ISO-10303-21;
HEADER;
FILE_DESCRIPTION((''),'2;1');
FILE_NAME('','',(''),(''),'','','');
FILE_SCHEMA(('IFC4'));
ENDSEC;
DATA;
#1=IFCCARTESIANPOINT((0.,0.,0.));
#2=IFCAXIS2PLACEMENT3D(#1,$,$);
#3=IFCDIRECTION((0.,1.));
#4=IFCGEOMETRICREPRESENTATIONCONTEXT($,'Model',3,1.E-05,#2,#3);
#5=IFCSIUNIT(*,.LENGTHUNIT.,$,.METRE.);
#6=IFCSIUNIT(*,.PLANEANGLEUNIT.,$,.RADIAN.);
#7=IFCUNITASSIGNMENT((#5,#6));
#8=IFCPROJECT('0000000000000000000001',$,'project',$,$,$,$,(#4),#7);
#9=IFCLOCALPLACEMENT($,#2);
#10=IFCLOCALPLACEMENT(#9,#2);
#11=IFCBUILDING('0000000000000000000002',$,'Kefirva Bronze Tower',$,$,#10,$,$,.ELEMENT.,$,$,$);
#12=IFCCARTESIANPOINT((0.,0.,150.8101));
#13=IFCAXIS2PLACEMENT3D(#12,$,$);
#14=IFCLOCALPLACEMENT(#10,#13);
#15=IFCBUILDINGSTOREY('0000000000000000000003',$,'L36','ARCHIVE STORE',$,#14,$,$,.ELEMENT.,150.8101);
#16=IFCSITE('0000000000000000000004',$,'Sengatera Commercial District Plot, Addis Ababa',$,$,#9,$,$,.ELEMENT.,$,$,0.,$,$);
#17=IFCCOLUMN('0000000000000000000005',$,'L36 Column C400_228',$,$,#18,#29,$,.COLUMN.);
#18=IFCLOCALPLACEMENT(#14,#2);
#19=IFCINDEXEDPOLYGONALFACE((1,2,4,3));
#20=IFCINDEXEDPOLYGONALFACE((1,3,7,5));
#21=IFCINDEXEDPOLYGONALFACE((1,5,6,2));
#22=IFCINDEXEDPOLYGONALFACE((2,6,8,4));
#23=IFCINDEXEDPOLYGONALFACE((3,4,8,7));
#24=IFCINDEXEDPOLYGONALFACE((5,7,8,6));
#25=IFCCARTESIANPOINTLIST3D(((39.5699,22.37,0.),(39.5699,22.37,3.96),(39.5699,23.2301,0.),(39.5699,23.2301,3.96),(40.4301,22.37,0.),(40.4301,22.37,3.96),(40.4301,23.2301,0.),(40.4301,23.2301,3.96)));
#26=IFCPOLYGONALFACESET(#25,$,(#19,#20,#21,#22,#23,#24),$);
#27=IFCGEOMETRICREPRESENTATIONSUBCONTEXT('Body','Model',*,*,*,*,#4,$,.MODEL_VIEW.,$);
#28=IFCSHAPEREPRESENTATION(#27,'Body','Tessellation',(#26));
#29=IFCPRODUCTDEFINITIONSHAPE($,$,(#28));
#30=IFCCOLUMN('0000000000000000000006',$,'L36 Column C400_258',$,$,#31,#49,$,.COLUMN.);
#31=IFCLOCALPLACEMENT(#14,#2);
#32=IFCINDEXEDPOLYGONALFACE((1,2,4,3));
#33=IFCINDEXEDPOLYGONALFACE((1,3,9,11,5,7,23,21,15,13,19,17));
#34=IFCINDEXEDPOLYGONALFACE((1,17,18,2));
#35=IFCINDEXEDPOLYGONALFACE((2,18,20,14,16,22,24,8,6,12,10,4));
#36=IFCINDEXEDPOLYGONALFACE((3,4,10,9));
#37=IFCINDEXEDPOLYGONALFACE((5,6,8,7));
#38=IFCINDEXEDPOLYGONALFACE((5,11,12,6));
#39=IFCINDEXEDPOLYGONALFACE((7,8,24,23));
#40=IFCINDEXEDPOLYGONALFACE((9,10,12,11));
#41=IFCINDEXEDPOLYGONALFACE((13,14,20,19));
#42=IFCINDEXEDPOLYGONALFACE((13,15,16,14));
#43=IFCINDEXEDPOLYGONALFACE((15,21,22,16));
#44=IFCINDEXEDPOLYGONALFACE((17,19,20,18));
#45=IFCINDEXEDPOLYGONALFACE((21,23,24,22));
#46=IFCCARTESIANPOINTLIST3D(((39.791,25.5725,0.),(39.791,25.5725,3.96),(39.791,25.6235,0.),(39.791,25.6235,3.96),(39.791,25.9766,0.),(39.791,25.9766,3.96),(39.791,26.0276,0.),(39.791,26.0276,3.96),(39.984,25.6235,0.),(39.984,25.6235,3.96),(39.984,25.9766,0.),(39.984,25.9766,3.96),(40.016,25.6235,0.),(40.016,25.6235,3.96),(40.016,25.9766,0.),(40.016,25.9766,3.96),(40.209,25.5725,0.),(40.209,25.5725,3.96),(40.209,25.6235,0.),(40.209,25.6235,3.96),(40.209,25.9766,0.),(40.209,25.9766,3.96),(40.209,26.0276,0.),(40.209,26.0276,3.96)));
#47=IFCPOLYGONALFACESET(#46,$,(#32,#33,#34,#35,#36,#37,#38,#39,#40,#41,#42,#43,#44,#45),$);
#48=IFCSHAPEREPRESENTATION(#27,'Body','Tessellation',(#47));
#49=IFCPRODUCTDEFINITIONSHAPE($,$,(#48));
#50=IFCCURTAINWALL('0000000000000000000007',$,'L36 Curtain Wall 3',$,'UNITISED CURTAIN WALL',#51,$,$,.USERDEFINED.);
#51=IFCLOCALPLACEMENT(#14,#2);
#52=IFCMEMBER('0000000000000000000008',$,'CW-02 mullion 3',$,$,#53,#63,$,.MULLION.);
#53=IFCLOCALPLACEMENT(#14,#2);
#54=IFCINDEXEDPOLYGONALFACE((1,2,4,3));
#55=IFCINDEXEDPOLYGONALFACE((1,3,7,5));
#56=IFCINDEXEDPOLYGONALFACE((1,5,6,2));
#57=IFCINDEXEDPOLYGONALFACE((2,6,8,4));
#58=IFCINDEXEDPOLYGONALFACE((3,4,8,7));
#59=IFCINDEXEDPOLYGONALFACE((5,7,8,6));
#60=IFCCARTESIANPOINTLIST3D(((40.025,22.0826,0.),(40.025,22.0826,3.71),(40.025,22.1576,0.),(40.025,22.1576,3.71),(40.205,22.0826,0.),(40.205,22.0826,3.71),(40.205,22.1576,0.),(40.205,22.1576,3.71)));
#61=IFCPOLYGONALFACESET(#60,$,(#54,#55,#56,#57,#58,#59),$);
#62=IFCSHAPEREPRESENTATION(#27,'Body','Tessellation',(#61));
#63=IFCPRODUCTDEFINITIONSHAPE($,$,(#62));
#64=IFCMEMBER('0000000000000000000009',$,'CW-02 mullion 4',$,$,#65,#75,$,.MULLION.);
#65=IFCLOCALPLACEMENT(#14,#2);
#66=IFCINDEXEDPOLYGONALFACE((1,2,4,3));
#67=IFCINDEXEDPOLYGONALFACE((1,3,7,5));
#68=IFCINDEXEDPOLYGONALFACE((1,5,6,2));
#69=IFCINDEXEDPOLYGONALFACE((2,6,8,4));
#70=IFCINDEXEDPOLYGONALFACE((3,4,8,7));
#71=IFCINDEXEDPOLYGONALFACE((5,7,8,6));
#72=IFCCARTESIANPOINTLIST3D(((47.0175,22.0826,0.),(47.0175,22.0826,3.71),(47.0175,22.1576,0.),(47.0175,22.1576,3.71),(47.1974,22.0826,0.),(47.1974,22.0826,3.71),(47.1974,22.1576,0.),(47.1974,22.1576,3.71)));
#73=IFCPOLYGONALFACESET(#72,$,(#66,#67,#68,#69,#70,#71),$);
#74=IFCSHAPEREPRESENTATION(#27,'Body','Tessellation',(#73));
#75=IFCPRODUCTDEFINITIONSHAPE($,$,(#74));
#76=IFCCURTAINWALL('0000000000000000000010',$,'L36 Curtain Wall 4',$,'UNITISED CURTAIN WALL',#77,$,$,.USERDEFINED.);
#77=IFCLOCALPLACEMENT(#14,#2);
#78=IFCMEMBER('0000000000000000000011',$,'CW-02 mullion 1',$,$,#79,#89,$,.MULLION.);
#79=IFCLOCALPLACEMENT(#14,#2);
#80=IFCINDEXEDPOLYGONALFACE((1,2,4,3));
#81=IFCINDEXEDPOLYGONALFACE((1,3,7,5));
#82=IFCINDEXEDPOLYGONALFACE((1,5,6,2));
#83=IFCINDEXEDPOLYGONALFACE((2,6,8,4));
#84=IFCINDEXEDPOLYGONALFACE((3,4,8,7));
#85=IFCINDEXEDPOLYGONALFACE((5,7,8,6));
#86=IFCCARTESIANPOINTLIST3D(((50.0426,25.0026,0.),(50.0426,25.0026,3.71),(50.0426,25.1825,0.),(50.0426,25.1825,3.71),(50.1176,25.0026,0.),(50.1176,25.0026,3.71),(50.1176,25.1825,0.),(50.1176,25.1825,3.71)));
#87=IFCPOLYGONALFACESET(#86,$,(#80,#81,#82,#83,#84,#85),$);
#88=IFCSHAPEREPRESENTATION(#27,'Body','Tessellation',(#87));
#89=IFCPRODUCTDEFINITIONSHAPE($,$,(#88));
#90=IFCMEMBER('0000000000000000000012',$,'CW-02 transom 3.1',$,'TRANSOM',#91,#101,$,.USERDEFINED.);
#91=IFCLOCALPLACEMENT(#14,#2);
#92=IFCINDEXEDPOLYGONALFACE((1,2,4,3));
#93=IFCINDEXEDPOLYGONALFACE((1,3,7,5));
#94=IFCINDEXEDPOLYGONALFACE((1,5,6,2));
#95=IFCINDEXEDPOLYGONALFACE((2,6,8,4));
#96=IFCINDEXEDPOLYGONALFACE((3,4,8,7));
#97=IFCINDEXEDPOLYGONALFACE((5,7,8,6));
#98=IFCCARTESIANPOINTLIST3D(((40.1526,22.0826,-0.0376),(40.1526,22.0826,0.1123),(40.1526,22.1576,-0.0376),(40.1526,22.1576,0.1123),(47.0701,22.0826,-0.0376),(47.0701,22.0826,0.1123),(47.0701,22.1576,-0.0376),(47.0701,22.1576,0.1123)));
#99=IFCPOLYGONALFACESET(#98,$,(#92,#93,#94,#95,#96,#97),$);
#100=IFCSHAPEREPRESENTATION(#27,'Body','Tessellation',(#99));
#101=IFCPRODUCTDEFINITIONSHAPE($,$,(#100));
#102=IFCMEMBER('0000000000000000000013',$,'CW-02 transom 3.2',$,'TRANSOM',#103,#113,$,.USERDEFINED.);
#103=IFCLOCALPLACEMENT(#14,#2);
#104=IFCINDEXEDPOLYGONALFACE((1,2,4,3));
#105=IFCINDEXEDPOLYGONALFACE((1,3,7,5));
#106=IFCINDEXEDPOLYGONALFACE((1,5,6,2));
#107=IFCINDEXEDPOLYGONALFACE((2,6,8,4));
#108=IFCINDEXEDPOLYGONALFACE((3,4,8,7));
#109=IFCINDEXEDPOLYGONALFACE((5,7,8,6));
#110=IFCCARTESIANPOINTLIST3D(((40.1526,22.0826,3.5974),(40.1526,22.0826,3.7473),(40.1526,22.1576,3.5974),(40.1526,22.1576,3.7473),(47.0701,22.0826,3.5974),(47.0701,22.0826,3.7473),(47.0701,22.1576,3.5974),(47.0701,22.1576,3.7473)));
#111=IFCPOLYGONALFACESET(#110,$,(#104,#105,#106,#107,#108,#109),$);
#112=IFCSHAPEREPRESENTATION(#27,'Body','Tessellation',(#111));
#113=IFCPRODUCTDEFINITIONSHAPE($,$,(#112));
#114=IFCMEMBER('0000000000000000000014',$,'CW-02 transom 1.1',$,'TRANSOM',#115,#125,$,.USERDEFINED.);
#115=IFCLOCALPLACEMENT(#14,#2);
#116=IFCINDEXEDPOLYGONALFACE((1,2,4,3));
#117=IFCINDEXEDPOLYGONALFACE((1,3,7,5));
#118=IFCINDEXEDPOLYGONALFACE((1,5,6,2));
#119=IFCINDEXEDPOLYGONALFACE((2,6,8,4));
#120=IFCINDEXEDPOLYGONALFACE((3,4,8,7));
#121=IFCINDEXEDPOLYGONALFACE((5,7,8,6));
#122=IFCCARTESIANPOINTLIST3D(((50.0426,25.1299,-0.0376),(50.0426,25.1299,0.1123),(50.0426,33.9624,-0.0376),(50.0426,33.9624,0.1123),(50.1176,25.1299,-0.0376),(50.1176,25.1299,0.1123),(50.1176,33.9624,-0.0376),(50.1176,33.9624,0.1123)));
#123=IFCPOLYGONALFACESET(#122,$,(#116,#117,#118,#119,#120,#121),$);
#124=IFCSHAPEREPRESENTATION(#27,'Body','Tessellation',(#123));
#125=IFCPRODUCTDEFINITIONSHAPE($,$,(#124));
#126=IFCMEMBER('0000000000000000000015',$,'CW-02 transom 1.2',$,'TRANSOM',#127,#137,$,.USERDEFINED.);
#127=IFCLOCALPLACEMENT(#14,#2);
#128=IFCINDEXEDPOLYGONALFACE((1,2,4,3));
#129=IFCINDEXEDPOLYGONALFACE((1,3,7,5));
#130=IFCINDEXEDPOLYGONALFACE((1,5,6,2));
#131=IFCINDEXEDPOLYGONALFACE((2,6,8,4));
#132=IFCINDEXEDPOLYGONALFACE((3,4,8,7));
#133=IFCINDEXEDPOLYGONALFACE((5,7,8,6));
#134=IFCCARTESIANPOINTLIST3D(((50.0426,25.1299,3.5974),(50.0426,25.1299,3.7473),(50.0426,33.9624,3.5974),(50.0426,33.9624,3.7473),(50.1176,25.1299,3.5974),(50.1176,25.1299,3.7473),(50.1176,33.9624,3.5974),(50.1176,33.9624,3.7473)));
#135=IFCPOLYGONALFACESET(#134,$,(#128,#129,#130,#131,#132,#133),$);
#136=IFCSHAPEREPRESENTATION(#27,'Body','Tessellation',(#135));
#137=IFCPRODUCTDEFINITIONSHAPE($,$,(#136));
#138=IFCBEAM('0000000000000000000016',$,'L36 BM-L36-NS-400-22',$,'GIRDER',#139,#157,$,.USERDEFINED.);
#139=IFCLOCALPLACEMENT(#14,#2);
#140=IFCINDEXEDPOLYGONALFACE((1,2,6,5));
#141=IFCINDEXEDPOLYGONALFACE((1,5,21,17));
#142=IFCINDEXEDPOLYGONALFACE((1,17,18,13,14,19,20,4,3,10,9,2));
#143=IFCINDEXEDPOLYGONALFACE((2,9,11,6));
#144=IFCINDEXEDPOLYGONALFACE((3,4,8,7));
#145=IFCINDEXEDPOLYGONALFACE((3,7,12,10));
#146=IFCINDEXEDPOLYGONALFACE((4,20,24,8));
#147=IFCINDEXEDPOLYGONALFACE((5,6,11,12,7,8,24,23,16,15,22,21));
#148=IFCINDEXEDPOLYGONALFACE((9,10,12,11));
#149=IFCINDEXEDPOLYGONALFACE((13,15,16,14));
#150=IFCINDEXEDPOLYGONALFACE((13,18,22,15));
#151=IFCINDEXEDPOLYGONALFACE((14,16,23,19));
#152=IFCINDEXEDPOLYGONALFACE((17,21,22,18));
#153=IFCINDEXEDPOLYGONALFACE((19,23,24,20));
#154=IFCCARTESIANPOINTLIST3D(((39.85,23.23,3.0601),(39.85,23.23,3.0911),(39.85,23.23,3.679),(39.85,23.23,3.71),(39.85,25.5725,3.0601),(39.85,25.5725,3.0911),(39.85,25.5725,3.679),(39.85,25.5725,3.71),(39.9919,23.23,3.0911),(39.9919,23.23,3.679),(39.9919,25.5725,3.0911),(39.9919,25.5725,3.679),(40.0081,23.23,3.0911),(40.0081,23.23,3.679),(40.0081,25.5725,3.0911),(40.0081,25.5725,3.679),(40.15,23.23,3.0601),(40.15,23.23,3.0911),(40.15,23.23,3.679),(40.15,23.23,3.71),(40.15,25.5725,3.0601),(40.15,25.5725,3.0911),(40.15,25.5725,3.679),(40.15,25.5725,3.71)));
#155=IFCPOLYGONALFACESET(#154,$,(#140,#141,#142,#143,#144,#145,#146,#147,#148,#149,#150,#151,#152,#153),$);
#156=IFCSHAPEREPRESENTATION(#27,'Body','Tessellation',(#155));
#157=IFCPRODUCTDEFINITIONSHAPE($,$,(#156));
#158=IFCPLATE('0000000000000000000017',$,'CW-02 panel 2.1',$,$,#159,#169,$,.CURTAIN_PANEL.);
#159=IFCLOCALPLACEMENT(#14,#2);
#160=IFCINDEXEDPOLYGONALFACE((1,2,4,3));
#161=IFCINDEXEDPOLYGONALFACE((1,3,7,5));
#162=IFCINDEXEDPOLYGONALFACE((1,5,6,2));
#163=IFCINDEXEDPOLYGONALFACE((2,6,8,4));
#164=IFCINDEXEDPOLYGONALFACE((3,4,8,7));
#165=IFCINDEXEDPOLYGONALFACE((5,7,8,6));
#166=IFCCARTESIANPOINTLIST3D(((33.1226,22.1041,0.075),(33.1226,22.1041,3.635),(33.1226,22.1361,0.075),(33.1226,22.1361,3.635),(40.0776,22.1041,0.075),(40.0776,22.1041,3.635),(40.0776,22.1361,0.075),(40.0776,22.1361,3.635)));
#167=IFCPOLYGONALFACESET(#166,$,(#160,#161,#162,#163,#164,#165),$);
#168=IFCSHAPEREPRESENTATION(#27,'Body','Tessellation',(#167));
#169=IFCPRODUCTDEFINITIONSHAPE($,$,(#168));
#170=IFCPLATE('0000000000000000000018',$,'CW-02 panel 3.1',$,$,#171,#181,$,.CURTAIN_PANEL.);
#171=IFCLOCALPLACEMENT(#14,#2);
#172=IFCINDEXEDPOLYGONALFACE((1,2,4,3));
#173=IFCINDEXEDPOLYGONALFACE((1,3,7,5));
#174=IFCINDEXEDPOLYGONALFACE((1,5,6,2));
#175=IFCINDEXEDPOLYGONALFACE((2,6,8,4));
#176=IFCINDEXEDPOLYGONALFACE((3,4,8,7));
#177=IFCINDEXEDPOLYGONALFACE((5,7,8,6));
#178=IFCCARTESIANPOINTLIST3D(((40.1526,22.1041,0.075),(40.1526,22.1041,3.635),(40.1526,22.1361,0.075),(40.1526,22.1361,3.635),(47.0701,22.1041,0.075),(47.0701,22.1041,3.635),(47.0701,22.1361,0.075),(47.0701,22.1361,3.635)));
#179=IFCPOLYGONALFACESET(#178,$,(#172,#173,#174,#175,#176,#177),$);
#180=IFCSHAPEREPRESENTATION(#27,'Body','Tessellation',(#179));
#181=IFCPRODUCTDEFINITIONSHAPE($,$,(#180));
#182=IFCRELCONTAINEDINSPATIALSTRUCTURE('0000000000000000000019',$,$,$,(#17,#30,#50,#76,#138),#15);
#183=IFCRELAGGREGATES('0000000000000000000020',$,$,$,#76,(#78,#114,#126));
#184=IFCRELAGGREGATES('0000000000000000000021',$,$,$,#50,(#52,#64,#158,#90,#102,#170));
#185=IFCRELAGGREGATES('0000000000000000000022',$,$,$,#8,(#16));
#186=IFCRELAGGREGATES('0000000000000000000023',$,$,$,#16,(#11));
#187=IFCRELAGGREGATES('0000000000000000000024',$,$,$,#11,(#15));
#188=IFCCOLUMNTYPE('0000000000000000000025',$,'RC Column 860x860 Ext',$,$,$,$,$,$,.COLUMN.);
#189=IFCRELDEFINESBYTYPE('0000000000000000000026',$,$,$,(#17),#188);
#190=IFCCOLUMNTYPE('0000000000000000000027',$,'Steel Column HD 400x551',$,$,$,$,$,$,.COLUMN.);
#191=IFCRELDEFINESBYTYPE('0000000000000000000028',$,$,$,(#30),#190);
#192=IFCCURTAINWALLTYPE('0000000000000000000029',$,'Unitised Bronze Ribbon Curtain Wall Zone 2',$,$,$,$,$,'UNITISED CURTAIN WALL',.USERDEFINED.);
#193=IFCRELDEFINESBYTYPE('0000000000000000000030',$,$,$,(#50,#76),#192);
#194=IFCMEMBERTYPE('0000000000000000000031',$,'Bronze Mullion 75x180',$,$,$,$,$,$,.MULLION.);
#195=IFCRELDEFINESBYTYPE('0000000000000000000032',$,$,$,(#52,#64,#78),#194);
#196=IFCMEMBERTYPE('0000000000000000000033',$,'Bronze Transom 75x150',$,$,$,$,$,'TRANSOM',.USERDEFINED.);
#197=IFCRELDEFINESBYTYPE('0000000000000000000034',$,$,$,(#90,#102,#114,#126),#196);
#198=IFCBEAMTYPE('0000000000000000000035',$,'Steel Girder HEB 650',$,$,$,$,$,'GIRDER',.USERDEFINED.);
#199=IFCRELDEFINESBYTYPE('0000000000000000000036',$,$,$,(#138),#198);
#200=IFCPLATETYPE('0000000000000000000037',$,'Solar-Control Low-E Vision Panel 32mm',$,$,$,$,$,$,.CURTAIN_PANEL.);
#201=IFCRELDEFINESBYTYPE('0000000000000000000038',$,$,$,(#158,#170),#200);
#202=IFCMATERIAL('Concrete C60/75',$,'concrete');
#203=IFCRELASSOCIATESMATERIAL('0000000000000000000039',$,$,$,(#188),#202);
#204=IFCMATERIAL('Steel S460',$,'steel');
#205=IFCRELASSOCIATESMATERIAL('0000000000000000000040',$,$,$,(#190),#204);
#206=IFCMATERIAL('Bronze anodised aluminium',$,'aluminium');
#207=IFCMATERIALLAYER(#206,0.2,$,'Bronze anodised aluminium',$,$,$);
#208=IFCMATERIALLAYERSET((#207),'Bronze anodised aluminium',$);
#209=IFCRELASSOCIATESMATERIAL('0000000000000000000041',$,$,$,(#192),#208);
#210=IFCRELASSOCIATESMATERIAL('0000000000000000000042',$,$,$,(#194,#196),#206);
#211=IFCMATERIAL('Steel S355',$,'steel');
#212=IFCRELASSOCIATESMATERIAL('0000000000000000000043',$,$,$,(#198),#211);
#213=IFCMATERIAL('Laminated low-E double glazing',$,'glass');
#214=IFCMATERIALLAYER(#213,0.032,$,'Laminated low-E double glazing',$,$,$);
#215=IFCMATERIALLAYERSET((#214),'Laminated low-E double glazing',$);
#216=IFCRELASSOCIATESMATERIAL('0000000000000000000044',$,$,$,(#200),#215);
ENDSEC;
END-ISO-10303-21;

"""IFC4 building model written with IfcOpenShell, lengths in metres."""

from ifc_helpers import new_model, si_unit, direction, frame, origin, origin_2d, place, context, subcontext, project, spatial, rectangle, i_section, extrude, material, layer, layer_set, material_profile, profile_set, type_object, element, aggregate, save


model = new_model("IFC4")

# Units and contexts
model_context = context("Model", 3, precision=1e-05, world=origin(), true_north=direction((0.0, 1.0)))
body_context = subcontext(model_context, "Body", "Model", "MODEL_VIEW")
ifc_project = project(units=[si_unit("LENGTHUNIT", "METRE"), si_unit("PLANEANGLEUNIT", "RADIAN")], contexts=[model_context])

# Site, building, storey
site_placement = place(None, origin())
site = spatial("IfcSite", under=ifc_project, at=site_placement, Name="Sengatera Commercial District Plot, Addis Ababa", CompositionType="ELEMENT", RefElevation=0.0)
building_placement = place(site_placement, origin())
building = spatial("IfcBuilding", under=site, at=building_placement, Name="Kefirva Bronze Tower", CompositionType="ELEMENT")
storey_placement = place(building_placement, frame((0.0, 0.0, 150.8101)))
storey = spatial("IfcBuildingStorey", under=building, at=storey_placement, Name="L36", Description="ARCHIVE STORE", CompositionType="ELEMENT", Elevation=150.8101)

# Columns
ifc_material_1 = material(Name="Concrete C60/75", Category="concrete")
ifc_material_profile_1 = material_profile(ifc_material_1, rectangle(XDim=0.8601, YDim=0.8601, at=origin_2d()), Name="RC 860x860")
ifc_profile_set_1 = profile_set([ifc_material_profile_1], Name="Concrete C60/75")
column_type_1 = type_object("IfcColumnType", Name="RC Column 860x860 Ext", PredefinedType="COLUMN", material=ifc_profile_set_1)
column_1_placement = place(storey_placement, frame((40.0, 22.8, 0.0), z_axis=(0.0, 0.0, 1.0), x_axis=(1.0, 0.0, 0.0)))
element("IfcColumn", 1, at=column_1_placement, inside=storey, type_object=column_type_1, Name="L36 Column C400_228", PredefinedType="COLUMN", context=body_context, shape_type="SweptSolid", body=[
    extrude(rectangle(XDim=0.8601, YDim=0.8601, at=origin_2d()), origin(), (0.0, 0.0, 1.0), 3.96),
])
ifc_material_2 = material(Name="Steel S460", Category="steel")
ifc_material_profile_2 = material_profile(ifc_material_2, i_section(OverallWidth=0.418, OverallDepth=0.4551, WebThickness=0.032, FlangeThickness=0.051, at=origin_2d()), Name="HD 400x551")
ifc_profile_set_2 = profile_set([ifc_material_profile_2], Name="Steel S460")
column_type_2 = type_object("IfcColumnType", Name="Steel Column HD 400x551", PredefinedType="COLUMN", material=ifc_profile_set_2)
column_2_placement = place(storey_placement, frame((40.0, 25.8, 0.0), z_axis=(0.0, 0.0, 1.0), x_axis=(1.0, 0.0, 0.0)))
element("IfcColumn", 2, at=column_2_placement, inside=storey, type_object=column_type_2, Name="L36 Column C400_258", PredefinedType="COLUMN", context=body_context, shape_type="SweptSolid", body=[
    extrude(i_section(OverallWidth=0.418, OverallDepth=0.4551, WebThickness=0.032, FlangeThickness=0.051, at=origin_2d()), origin(), (0.0, 0.0, 1.0), 3.96),
])

# Curtain wall, members
ifc_material_3 = material(Name="Bronze anodised aluminium", Category="aluminium")
ifc_layer_1 = layer(ifc_material_3, 0.2, Name="Bronze anodised aluminium")
ifc_layer_set_1 = layer_set([ifc_layer_1], Name="Bronze anodised aluminium")
curtain_wall_type = type_object("IfcCurtainWallType", Name="Unitised Bronze Ribbon Curtain Wall Zone 2", ElementType="UNITISED CURTAIN WALL", PredefinedType="USERDEFINED", material=ifc_layer_set_1)
curtain_wall_1_placement = place(storey_placement, origin())
curtain_wall_1 = element("IfcCurtainWall", 3, at=curtain_wall_1_placement, inside=storey, type_object=curtain_wall_type, Name="L36 Curtain Wall 3", ObjectType="UNITISED CURTAIN WALL", PredefinedType="USERDEFINED")
ifc_material_profile_3 = material_profile(ifc_material_3, rectangle(XDim=0.075, YDim=0.1799, at=origin_2d()), Name="ALU 75x180")
ifc_profile_set_3 = profile_set([ifc_material_profile_3], Name="Bronze anodised aluminium")
member_type_1 = type_object("IfcMemberType", Name="Bronze Mullion 75x180", PredefinedType="MULLION", material=ifc_profile_set_3)
member_1_placement = place(storey_placement, frame((40.115, 22.1201, 0.0), z_axis=(0.0, 0.0, 1.0), x_axis=(0.0, 1.0, 0.0)))
member_1 = element("IfcMember", 4, at=member_1_placement, type_object=member_type_1, Name="CW-02 mullion 3", PredefinedType="MULLION", context=body_context, shape_type="SweptSolid", body=[
    extrude(rectangle(XDim=0.075, YDim=0.1799, at=origin_2d()), origin(), (0.0, 0.0, 1.0), 3.71),
])
member_2_placement = place(storey_placement, frame((47.1074, 22.1201, 0.0), z_axis=(0.0, 0.0, 1.0), x_axis=(0.0, 1.0, 0.0)))
member_2 = element("IfcMember", 5, at=member_2_placement, type_object=member_type_1, Name="CW-02 mullion 4", PredefinedType="MULLION", context=body_context, shape_type="SweptSolid", body=[
    extrude(rectangle(XDim=0.075, YDim=0.1799, at=origin_2d()), origin(), (0.0, 0.0, 1.0), 3.71),
])

# Curtain wall, member
curtain_wall_2_placement = place(storey_placement, origin())
curtain_wall_2 = element("IfcCurtainWall", 6, at=curtain_wall_2_placement, inside=storey, type_object=curtain_wall_type, Name="L36 Curtain Wall 4", ObjectType="UNITISED CURTAIN WALL", PredefinedType="USERDEFINED")
member_3_placement = place(storey_placement, frame((50.0801, 25.0925, 0.0), z_axis=(0.0, 0.0, 1.0), x_axis=(-1.0, 0.0, 0.0)))
member_3 = element("IfcMember", 7, at=member_3_placement, type_object=member_type_1, Name="CW-02 mullion 1", PredefinedType="MULLION", context=body_context, shape_type="SweptSolid", body=[
    extrude(rectangle(XDim=0.075, YDim=0.1799, at=origin_2d()), origin(), (0.0, 0.0, 1.0), 3.71),
])

# Members
ifc_material_profile_4 = material_profile(ifc_material_3, rectangle(XDim=0.075, YDim=0.1499, at=origin_2d()), Name="ALU 75x150")
ifc_profile_set_4 = profile_set([ifc_material_profile_4], Name="Bronze anodised aluminium")
member_type_2 = type_object("IfcMemberType", Name="Bronze Transom 75x150", ElementType="TRANSOM", PredefinedType="USERDEFINED", material=ifc_profile_set_4)
member_4_placement = place(storey_placement, frame((40.1526, 22.1201, 0.0374), z_axis=(1.0, 0.0, 0.0), x_axis=(0.0, 1.0, 0.0)))
member_4 = element("IfcMember", 8, at=member_4_placement, type_object=member_type_2, Name="CW-02 transom 3.1", ObjectType="TRANSOM", PredefinedType="USERDEFINED", context=body_context, shape_type="SweptSolid", body=[
    extrude(rectangle(XDim=0.075, YDim=0.1499, at=origin_2d()), origin(), (0.0, 0.0, 1.0), 6.9175),
])
member_5_placement = place(storey_placement, frame((40.1526, 22.1201, 3.6724), z_axis=(1.0, 0.0, 0.0), x_axis=(0.0, 1.0, 0.0)))
member_5 = element("IfcMember", 9, at=member_5_placement, type_object=member_type_2, Name="CW-02 transom 3.2", ObjectType="TRANSOM", PredefinedType="USERDEFINED", context=body_context, shape_type="SweptSolid", body=[
    extrude(rectangle(XDim=0.075, YDim=0.1499, at=origin_2d()), origin(), (0.0, 0.0, 1.0), 6.9175),
])
member_6_placement = place(storey_placement, frame((50.0801, 25.1299, 0.0374), z_axis=(0.0, 1.0, 0.0), x_axis=(-1.0, 0.0, 0.0)))
member_6 = element("IfcMember", 10, at=member_6_placement, type_object=member_type_2, Name="CW-02 transom 1.1", ObjectType="TRANSOM", PredefinedType="USERDEFINED", context=body_context, shape_type="SweptSolid", body=[
    extrude(rectangle(XDim=0.075, YDim=0.1499, at=origin_2d()), origin(), (0.0, 0.0, 1.0), 8.8325),
])
member_7_placement = place(storey_placement, frame((50.0801, 25.1299, 3.6724), z_axis=(0.0, 1.0, 0.0), x_axis=(-1.0, 0.0, 0.0)))
member_7 = element("IfcMember", 11, at=member_7_placement, type_object=member_type_2, Name="CW-02 transom 1.2", ObjectType="TRANSOM", PredefinedType="USERDEFINED", context=body_context, shape_type="SweptSolid", body=[
    extrude(rectangle(XDim=0.075, YDim=0.1499, at=origin_2d()), origin(), (0.0, 0.0, 1.0), 8.8325),
])
aggregate(curtain_wall_2, [member_3, member_6, member_7])

# Beam
ifc_material_4 = material(Name="Steel S355", Category="steel")
ifc_material_profile_5 = material_profile(ifc_material_4, i_section(OverallWidth=0.3, OverallDepth=0.6499, WebThickness=0.0161, FlangeThickness=0.031, at=origin_2d()), Name="HEB 650")
ifc_profile_set_5 = profile_set([ifc_material_profile_5], Name="Steel S355")
beam_type = type_object("IfcBeamType", Name="Steel Girder HEB 650", ElementType="GIRDER", PredefinedType="USERDEFINED", material=ifc_profile_set_5)
beam_placement = place(storey_placement, frame((40.0, 23.23, 3.385), z_axis=(0.0, 1.0, 0.0), x_axis=(-1.0, 0.0, 0.0)))
element("IfcBeam", 12, at=beam_placement, inside=storey, type_object=beam_type, Name="L36 BM-L36-NS-400-22", ObjectType="GIRDER", PredefinedType="USERDEFINED", context=body_context, shape_type="SweptSolid", body=[
    extrude(i_section(OverallWidth=0.3, OverallDepth=0.6499, WebThickness=0.0161, FlangeThickness=0.031, at=origin_2d()), origin(), (0.0, 0.0, 1.0), 2.3425),
])

# Plates
ifc_material_5 = material(Name="Laminated low-E double glazing", Category="glass")
ifc_layer_2 = layer(ifc_material_5, 0.032, Name="Laminated low-E double glazing")
ifc_layer_set_2 = layer_set([ifc_layer_2], Name="Laminated low-E double glazing")
plate_type = type_object("IfcPlateType", Name="Solar-Control Low-E Vision Panel 32mm", PredefinedType="CURTAIN_PANEL", material=ifc_layer_set_2)
plate_1_placement = place(storey_placement, frame((36.6001, 22.1201, 0.075), z_axis=(0.0, 0.0, 1.0), x_axis=(1.0, 0.0, 0.0)))
plate_1 = element("IfcPlate", 13, at=plate_1_placement, type_object=plate_type, Name="CW-02 panel 2.1", PredefinedType="CURTAIN_PANEL", context=body_context, shape_type="SweptSolid", body=[
    extrude(rectangle(XDim=6.9551, YDim=0.032, at=origin_2d()), origin(), (0.0, 0.0, 1.0), 3.5601),
])
plate_2_placement = place(storey_placement, frame((43.6113, 22.1201, 0.075), z_axis=(0.0, 0.0, 1.0), x_axis=(1.0, 0.0, 0.0)))
plate_2 = element("IfcPlate", 14, at=plate_2_placement, type_object=plate_type, Name="CW-02 panel 3.1", PredefinedType="CURTAIN_PANEL", context=body_context, shape_type="SweptSolid", body=[
    extrude(rectangle(XDim=6.9175, YDim=0.032, at=origin_2d()), origin(), (0.0, 0.0, 1.0), 3.5601),
])
aggregate(curtain_wall_1, [member_1, member_2, plate_1, member_4, member_5, plate_2])

save(model, "model.ifc")
